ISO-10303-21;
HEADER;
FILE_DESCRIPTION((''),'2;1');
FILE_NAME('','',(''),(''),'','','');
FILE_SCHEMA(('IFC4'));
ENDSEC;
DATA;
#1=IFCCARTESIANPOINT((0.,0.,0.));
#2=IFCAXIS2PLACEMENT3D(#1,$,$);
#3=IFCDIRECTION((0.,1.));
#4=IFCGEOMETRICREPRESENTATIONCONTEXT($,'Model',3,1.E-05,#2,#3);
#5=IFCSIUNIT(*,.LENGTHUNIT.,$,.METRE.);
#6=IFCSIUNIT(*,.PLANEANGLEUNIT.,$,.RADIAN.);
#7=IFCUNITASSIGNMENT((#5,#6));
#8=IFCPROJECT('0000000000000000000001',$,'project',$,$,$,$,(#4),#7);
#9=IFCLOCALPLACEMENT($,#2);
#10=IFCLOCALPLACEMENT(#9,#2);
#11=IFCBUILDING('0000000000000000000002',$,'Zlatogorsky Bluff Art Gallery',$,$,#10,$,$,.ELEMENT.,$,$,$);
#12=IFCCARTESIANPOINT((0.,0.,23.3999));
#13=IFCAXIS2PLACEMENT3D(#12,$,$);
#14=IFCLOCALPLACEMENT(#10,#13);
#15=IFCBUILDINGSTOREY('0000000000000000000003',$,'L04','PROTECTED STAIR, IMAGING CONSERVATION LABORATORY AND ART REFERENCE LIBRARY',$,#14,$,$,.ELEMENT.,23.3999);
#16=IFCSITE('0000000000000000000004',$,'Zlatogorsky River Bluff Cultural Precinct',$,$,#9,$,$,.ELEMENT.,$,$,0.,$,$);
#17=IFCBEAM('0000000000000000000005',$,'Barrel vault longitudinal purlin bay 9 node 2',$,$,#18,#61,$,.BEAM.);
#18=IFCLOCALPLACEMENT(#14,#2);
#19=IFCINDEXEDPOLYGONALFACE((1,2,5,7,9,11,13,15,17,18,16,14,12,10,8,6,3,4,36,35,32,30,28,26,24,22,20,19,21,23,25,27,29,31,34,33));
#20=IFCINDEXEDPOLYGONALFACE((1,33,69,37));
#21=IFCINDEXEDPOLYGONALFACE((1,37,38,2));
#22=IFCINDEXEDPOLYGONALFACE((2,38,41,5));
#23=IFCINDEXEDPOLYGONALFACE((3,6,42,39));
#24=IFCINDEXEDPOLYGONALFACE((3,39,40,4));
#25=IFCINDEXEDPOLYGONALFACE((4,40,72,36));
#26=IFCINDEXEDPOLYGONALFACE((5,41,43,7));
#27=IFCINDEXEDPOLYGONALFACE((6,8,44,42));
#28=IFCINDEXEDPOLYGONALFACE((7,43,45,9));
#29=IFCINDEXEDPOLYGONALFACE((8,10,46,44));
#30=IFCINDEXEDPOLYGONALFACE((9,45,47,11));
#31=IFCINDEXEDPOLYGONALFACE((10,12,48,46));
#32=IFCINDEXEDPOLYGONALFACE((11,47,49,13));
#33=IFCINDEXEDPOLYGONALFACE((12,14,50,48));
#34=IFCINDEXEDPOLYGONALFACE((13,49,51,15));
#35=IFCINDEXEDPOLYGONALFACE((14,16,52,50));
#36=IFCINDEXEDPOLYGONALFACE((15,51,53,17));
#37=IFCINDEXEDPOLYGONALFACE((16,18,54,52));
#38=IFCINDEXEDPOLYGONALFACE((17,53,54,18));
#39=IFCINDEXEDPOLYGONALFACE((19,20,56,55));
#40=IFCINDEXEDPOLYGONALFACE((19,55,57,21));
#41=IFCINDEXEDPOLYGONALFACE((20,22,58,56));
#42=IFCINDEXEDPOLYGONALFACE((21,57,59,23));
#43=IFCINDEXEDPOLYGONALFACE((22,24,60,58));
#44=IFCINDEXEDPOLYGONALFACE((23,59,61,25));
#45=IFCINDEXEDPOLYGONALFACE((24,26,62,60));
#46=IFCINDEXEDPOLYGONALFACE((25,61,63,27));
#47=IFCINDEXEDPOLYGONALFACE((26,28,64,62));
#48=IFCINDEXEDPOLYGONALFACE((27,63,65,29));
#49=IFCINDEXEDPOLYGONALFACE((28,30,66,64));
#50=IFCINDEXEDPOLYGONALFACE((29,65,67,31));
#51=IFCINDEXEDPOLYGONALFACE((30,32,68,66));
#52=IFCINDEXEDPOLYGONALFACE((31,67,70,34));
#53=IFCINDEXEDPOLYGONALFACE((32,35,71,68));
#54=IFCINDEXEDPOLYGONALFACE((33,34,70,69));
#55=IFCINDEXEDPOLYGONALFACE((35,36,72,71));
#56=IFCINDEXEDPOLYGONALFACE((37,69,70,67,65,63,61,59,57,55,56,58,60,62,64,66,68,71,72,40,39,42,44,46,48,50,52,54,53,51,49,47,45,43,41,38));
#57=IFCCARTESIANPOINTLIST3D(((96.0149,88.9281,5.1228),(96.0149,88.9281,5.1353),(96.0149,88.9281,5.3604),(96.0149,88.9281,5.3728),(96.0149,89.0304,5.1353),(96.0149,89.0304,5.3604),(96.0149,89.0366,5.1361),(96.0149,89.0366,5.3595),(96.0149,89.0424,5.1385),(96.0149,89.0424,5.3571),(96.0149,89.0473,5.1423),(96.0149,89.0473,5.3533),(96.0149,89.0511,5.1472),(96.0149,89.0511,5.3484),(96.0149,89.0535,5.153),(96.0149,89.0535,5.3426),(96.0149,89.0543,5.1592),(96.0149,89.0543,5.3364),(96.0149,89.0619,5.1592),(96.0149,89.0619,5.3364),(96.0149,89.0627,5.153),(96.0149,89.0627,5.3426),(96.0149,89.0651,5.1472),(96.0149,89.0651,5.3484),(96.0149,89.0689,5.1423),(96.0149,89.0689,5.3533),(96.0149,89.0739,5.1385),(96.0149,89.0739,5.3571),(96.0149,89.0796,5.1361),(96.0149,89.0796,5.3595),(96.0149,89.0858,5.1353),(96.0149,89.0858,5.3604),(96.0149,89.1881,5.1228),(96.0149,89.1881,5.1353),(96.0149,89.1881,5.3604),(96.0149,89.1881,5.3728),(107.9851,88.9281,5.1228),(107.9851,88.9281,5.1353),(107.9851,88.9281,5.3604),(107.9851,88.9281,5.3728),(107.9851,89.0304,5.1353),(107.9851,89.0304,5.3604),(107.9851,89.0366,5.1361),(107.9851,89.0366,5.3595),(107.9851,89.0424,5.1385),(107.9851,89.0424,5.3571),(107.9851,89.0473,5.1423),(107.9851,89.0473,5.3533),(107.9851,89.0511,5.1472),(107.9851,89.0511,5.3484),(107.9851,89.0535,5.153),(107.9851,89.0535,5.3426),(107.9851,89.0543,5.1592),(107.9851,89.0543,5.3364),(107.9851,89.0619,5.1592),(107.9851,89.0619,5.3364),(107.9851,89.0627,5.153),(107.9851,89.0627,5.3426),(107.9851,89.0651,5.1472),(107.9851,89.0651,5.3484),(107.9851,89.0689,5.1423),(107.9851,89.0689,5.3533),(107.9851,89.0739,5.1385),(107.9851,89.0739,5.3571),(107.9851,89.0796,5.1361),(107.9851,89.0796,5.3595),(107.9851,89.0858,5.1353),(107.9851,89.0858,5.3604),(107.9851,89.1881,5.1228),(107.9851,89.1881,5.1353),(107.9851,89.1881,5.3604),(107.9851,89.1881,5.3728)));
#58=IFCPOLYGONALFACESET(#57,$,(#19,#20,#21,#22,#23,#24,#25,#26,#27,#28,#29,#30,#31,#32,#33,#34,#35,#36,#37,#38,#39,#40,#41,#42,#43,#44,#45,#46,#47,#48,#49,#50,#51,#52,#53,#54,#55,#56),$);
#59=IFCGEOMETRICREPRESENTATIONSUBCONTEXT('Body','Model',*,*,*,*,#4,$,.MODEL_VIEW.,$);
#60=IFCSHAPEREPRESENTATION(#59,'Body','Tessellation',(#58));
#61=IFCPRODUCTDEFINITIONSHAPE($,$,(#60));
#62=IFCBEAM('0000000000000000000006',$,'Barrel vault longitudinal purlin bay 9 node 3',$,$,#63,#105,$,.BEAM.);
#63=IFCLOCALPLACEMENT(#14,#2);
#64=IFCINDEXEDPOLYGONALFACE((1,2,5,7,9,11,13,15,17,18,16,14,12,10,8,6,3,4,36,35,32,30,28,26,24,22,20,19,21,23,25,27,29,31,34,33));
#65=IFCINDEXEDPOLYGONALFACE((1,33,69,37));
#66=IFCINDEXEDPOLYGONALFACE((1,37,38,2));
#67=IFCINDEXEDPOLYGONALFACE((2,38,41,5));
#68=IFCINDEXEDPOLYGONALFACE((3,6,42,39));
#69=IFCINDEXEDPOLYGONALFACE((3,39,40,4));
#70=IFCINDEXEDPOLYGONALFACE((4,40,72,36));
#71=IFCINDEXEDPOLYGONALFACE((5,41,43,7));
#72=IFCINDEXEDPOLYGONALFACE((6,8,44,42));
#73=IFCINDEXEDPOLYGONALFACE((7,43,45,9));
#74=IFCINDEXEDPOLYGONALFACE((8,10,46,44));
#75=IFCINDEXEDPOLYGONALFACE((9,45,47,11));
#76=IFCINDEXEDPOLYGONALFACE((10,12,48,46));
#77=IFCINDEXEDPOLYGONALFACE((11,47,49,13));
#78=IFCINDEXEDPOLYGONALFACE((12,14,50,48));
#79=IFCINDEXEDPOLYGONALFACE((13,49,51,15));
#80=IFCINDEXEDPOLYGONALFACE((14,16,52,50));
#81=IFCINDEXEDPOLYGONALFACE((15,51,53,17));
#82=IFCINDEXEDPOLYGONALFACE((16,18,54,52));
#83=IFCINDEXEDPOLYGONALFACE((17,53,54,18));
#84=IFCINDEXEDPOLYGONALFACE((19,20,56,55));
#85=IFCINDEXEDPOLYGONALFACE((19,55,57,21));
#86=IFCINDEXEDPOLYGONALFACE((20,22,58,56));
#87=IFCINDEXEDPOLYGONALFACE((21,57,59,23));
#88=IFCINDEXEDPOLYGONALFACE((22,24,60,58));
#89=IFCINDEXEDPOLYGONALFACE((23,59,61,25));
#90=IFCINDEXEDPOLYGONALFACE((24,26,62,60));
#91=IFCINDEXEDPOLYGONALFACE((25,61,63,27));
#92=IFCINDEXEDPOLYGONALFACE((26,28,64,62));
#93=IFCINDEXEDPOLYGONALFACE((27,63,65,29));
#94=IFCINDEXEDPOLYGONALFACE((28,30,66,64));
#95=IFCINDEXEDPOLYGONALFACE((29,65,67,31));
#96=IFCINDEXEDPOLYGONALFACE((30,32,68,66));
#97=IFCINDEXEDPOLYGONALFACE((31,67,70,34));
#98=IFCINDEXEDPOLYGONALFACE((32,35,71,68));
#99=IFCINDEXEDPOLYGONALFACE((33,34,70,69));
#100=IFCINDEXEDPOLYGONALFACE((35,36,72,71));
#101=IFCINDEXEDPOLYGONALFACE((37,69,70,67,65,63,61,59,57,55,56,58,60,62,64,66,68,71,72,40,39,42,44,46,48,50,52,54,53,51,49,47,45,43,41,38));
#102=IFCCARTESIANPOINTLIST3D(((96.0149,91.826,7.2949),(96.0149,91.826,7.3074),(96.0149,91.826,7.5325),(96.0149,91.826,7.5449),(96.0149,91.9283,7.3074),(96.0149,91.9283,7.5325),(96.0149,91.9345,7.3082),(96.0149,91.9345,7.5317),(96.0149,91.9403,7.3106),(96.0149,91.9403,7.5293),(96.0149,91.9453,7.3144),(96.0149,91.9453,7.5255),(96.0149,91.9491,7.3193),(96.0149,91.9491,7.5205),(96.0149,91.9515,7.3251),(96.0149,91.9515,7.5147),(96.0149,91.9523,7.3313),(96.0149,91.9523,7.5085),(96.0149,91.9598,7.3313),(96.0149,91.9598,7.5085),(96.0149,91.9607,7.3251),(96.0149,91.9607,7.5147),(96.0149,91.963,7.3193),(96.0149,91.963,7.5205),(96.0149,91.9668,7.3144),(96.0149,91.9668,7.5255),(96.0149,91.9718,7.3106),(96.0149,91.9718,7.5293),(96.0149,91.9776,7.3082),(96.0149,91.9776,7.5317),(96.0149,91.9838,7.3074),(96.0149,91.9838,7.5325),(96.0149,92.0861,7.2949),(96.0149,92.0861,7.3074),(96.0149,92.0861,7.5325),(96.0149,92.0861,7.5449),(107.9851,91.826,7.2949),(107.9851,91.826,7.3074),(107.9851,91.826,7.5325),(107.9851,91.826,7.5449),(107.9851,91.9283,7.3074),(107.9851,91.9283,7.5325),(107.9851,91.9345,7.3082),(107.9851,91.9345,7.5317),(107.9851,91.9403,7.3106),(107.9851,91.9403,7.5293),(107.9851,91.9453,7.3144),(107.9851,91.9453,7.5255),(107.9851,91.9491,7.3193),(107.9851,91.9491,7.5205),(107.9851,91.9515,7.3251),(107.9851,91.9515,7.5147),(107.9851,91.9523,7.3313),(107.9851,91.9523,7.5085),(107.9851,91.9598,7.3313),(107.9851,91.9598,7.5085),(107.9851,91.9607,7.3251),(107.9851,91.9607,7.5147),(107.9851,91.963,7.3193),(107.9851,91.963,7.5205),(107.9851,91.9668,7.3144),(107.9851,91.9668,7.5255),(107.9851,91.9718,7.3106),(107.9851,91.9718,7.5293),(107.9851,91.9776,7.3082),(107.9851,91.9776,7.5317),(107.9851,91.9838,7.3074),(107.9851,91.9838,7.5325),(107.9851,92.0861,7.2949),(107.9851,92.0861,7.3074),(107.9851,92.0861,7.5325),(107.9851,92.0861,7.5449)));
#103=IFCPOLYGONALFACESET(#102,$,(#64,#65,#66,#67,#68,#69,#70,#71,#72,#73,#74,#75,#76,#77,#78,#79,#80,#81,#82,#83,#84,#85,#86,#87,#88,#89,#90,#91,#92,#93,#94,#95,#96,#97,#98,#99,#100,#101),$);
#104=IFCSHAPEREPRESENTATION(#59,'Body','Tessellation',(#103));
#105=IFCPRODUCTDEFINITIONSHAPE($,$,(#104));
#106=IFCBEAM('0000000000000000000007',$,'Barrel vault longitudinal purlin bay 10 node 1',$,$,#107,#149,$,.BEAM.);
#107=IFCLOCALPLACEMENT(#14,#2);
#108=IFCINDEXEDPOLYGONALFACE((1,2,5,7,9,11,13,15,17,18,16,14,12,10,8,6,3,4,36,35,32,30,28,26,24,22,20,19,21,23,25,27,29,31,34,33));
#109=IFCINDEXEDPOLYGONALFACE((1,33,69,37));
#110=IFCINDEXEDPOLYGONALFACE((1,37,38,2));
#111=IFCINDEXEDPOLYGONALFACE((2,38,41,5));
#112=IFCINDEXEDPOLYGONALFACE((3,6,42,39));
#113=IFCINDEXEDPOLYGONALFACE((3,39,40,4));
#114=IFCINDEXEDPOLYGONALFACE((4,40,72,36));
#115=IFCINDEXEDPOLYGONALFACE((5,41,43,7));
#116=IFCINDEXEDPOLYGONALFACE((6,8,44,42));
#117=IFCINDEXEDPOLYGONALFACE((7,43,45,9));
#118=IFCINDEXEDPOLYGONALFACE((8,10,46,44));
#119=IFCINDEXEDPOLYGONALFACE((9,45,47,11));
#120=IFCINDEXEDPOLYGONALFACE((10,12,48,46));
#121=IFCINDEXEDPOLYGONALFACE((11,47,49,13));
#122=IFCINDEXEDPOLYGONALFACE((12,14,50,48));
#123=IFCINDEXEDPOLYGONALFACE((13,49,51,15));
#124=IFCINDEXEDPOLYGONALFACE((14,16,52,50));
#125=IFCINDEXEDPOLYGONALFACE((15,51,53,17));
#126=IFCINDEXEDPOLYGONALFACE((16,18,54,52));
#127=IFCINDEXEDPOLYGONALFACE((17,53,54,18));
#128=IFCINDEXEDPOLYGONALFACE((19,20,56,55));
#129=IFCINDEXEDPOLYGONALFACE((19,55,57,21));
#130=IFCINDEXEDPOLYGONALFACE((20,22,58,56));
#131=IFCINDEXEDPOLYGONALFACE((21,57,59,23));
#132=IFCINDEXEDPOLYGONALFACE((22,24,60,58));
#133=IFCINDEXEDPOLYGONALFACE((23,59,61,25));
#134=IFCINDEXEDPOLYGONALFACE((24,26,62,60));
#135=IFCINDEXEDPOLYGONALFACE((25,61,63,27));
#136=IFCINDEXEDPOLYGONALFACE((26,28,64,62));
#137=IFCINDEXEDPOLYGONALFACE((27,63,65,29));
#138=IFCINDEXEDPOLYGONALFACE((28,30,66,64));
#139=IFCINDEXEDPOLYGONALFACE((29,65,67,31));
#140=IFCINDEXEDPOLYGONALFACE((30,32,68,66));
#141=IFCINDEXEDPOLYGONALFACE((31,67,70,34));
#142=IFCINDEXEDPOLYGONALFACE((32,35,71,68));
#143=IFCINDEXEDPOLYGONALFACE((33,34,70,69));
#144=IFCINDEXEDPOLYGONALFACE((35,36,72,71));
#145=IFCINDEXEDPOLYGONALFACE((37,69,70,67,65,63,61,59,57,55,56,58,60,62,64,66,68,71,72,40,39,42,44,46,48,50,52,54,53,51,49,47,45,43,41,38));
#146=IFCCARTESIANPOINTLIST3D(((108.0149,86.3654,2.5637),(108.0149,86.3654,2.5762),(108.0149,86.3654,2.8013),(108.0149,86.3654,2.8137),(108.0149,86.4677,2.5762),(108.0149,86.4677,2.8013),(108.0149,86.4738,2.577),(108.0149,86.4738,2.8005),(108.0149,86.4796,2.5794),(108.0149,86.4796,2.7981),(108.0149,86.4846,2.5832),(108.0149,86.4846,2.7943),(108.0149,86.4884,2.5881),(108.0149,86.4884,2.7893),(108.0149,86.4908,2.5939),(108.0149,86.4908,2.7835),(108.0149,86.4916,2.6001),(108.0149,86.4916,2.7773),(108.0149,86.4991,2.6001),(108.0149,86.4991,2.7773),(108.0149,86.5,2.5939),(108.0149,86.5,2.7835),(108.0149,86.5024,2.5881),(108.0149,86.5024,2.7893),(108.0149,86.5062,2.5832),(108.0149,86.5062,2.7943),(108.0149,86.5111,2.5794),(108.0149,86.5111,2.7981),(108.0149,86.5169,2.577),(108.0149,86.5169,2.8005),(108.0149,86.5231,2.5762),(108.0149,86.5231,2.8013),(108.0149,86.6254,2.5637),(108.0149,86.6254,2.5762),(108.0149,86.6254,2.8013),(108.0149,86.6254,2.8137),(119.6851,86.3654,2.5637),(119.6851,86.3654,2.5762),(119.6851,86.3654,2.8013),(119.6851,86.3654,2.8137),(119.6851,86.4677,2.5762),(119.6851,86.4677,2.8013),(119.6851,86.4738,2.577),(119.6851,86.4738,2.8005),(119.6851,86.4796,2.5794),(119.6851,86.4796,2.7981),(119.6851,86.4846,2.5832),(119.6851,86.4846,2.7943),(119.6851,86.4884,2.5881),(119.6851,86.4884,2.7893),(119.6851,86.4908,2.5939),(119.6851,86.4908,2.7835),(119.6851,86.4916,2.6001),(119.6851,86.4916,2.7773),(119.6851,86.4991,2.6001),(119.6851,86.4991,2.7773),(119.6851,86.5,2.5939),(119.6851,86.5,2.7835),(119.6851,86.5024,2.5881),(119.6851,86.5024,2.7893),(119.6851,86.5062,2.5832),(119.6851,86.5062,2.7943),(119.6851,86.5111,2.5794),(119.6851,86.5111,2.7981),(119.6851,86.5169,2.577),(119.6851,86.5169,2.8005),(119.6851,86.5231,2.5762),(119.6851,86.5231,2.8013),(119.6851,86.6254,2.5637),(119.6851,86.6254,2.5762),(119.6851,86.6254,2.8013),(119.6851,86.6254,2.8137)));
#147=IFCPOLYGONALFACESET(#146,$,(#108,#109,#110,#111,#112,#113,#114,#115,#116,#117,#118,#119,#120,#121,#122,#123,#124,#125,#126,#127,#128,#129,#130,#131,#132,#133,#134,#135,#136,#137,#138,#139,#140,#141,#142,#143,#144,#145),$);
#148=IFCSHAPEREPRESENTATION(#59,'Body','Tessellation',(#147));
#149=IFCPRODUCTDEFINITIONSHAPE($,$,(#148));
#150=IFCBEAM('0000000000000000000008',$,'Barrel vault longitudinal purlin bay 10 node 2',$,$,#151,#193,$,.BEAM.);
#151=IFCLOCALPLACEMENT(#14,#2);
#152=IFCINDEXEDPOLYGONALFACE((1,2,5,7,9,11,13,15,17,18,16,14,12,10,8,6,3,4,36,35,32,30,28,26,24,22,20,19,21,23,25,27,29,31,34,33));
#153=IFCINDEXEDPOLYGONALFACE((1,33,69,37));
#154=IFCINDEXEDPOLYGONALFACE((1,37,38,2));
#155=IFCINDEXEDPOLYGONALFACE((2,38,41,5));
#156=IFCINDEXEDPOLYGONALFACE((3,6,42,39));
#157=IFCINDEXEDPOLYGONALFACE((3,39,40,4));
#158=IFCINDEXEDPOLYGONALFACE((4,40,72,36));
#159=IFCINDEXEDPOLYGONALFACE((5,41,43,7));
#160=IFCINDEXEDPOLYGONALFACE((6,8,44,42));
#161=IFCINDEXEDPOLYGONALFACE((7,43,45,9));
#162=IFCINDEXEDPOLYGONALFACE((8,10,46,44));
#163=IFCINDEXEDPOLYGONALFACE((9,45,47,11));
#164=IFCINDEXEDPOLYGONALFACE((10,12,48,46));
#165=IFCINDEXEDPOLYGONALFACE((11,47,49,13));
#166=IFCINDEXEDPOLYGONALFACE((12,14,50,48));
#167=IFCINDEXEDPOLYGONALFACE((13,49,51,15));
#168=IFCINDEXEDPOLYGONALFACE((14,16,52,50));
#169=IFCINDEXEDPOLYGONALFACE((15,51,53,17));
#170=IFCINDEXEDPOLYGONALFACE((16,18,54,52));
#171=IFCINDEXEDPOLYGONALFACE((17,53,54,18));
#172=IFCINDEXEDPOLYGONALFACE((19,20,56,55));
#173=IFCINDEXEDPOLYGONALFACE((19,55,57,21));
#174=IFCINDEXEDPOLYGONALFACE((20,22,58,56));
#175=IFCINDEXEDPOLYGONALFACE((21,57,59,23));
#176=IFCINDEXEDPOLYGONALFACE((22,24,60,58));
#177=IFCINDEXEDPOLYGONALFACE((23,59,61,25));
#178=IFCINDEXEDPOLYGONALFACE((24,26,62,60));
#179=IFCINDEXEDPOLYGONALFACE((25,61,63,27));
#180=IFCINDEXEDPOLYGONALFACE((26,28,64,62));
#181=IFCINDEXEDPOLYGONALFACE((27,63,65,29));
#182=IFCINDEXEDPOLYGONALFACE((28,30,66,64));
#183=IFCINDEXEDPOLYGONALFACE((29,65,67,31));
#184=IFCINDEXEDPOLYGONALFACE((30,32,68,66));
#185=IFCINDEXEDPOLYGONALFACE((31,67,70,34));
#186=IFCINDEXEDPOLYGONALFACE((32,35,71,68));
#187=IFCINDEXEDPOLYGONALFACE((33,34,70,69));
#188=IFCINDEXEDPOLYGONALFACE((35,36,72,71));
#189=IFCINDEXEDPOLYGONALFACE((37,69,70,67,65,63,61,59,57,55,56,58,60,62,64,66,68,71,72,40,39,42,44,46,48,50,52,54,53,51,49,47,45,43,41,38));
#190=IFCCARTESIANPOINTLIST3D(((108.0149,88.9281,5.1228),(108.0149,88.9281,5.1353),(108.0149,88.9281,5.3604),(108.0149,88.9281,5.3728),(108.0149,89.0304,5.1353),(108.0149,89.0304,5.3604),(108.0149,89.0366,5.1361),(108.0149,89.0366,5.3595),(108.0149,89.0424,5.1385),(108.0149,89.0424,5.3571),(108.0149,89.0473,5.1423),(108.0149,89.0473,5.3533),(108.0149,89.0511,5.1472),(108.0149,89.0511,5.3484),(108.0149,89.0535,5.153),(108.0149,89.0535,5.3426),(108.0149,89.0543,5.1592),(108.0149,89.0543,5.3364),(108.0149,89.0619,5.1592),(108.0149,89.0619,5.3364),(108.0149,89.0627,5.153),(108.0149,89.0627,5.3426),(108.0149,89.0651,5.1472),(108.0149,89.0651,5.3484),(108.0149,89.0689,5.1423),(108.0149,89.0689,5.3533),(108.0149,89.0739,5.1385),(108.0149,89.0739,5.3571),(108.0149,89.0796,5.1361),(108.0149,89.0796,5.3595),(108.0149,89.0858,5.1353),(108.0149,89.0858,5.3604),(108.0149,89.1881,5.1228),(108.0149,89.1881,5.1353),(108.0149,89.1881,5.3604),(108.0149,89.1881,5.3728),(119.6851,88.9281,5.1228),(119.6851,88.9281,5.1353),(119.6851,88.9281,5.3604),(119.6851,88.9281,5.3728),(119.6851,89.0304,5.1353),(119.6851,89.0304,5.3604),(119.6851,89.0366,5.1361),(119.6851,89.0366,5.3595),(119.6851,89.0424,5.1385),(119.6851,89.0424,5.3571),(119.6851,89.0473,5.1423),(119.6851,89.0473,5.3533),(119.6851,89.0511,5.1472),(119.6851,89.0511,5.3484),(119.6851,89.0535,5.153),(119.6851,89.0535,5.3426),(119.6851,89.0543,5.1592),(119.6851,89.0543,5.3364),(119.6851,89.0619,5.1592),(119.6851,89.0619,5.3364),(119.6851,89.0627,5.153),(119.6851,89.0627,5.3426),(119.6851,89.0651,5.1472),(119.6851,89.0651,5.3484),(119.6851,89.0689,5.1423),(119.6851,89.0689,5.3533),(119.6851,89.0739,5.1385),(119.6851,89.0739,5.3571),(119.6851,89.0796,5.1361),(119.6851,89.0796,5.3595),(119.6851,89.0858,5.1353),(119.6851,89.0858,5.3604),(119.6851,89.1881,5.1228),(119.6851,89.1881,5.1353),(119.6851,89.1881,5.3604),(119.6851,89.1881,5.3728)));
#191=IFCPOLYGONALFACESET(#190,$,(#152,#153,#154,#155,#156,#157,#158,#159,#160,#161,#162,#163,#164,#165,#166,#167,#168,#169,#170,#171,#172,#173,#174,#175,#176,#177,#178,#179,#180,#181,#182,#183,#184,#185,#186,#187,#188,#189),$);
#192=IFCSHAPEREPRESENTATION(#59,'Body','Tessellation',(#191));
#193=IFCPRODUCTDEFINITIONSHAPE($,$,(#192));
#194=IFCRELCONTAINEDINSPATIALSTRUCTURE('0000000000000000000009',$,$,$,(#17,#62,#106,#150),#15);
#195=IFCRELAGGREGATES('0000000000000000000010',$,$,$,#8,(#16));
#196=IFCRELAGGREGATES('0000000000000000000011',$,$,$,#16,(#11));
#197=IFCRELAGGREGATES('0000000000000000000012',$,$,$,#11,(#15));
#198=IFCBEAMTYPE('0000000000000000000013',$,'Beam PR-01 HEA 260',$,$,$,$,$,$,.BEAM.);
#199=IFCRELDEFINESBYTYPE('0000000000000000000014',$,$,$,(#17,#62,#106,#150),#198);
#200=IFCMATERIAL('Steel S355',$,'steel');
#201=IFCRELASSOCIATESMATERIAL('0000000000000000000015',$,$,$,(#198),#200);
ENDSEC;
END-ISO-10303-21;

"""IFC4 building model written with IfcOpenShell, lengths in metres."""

from ifc_helpers import new_model, si_unit, direction, frame, origin, origin_2d, place, context, subcontext, project, spatial, i_section, extrude, material, material_profile, profile_set, type_object, element, save


model = new_model("IFC4")

# Units and contexts
model_context = context("Model", 3, precision=1e-05, world=origin(), true_north=direction((0.0, 1.0)))
body_context = subcontext(model_context, "Body", "Model", "MODEL_VIEW")
ifc_project = project(units=[si_unit("LENGTHUNIT", "METRE"), si_unit("PLANEANGLEUNIT", "RADIAN")], contexts=[model_context])

# Site, building, storey
site_placement = place(None, origin())
site = spatial("IfcSite", under=ifc_project, at=site_placement, Name="Zlatogorsky River Bluff Cultural Precinct", CompositionType="ELEMENT", RefElevation=0.0)
building_placement = place(site_placement, origin())
building = spatial("IfcBuilding", under=site, at=building_placement, Name="Zlatogorsky Bluff Art Gallery", CompositionType="ELEMENT")
storey_placement = place(building_placement, frame((0.0, 0.0, 23.3999)))
storey = spatial("IfcBuildingStorey", under=building, at=storey_placement, Name="L04", Description="PROTECTED STAIR, IMAGING CONSERVATION LABORATORY AND ART REFERENCE LIBRARY", CompositionType="ELEMENT", Elevation=23.3999)

# Shared definitions
ifc_material_1 = material(Name="Steel S355", Category="steel")

# Beams
ifc_material_profile_1 = material_profile(ifc_material_1, i_section(OverallWidth=0.26, OverallDepth=0.25, WebThickness=0.0076, FlangeThickness=0.0125, FilletRadius=0.0239, at=origin_2d()), Name="HEA 260")
ifc_profile_set_1 = profile_set([ifc_material_profile_1], Name="Steel S355")
beam_type_1 = type_object("IfcBeamType", Name="Beam PR-01 HEA 260", PredefinedType="BEAM", material=ifc_profile_set_1)
for number, where, z_axis, x_axis, name in (
    (1, (96.0149, 89.0581, 5.2478), (1.0, 0.0, 0.0), (0.0, 1.0, 0.0), "Barrel vault longitudinal purlin bay 9 node 2"),
    (2, (96.0149, 91.9561, 7.4199), (1.0, 0.0, 0.0), (0.0, 1.0, 0.0), "Barrel vault longitudinal purlin bay 9 node 3"),
):
    element("IfcBeam", number, at=place(storey_placement, frame(where, z_axis=z_axis, x_axis=x_axis)), inside=storey, type_object=beam_type_1, Name=name, PredefinedType="BEAM", context=body_context, shape_type="SweptSolid", body=[
        extrude(i_section(OverallWidth=0.26, OverallDepth=0.25, WebThickness=0.0076, FlangeThickness=0.0125, FilletRadius=0.0239, at=origin_2d()), origin(), (0.0, 0.0, 1.0), 11.9702),
    ])
for number, where, z_axis, x_axis, name in (
    (3, (108.0149, 86.4954, 2.6887), (1.0, 0.0, 0.0), (0.0, 1.0, 0.0), "Barrel vault longitudinal purlin bay 10 node 1"),
    (4, (108.0149, 89.0581, 5.2478), (1.0, 0.0, 0.0), (0.0, 1.0, 0.0), "Barrel vault longitudinal purlin bay 10 node 2"),
):
    element("IfcBeam", number, at=place(storey_placement, frame(where, z_axis=z_axis, x_axis=x_axis)), inside=storey, type_object=beam_type_1, Name=name, PredefinedType="BEAM", context=body_context, shape_type="SweptSolid", body=[
        extrude(i_section(OverallWidth=0.26, OverallDepth=0.25, WebThickness=0.0076, FlangeThickness=0.0125, FilletRadius=0.0239, at=origin_2d()), origin(), (0.0, 0.0, 1.0), 11.6702),
    ])

save(model, "model.ifc")
